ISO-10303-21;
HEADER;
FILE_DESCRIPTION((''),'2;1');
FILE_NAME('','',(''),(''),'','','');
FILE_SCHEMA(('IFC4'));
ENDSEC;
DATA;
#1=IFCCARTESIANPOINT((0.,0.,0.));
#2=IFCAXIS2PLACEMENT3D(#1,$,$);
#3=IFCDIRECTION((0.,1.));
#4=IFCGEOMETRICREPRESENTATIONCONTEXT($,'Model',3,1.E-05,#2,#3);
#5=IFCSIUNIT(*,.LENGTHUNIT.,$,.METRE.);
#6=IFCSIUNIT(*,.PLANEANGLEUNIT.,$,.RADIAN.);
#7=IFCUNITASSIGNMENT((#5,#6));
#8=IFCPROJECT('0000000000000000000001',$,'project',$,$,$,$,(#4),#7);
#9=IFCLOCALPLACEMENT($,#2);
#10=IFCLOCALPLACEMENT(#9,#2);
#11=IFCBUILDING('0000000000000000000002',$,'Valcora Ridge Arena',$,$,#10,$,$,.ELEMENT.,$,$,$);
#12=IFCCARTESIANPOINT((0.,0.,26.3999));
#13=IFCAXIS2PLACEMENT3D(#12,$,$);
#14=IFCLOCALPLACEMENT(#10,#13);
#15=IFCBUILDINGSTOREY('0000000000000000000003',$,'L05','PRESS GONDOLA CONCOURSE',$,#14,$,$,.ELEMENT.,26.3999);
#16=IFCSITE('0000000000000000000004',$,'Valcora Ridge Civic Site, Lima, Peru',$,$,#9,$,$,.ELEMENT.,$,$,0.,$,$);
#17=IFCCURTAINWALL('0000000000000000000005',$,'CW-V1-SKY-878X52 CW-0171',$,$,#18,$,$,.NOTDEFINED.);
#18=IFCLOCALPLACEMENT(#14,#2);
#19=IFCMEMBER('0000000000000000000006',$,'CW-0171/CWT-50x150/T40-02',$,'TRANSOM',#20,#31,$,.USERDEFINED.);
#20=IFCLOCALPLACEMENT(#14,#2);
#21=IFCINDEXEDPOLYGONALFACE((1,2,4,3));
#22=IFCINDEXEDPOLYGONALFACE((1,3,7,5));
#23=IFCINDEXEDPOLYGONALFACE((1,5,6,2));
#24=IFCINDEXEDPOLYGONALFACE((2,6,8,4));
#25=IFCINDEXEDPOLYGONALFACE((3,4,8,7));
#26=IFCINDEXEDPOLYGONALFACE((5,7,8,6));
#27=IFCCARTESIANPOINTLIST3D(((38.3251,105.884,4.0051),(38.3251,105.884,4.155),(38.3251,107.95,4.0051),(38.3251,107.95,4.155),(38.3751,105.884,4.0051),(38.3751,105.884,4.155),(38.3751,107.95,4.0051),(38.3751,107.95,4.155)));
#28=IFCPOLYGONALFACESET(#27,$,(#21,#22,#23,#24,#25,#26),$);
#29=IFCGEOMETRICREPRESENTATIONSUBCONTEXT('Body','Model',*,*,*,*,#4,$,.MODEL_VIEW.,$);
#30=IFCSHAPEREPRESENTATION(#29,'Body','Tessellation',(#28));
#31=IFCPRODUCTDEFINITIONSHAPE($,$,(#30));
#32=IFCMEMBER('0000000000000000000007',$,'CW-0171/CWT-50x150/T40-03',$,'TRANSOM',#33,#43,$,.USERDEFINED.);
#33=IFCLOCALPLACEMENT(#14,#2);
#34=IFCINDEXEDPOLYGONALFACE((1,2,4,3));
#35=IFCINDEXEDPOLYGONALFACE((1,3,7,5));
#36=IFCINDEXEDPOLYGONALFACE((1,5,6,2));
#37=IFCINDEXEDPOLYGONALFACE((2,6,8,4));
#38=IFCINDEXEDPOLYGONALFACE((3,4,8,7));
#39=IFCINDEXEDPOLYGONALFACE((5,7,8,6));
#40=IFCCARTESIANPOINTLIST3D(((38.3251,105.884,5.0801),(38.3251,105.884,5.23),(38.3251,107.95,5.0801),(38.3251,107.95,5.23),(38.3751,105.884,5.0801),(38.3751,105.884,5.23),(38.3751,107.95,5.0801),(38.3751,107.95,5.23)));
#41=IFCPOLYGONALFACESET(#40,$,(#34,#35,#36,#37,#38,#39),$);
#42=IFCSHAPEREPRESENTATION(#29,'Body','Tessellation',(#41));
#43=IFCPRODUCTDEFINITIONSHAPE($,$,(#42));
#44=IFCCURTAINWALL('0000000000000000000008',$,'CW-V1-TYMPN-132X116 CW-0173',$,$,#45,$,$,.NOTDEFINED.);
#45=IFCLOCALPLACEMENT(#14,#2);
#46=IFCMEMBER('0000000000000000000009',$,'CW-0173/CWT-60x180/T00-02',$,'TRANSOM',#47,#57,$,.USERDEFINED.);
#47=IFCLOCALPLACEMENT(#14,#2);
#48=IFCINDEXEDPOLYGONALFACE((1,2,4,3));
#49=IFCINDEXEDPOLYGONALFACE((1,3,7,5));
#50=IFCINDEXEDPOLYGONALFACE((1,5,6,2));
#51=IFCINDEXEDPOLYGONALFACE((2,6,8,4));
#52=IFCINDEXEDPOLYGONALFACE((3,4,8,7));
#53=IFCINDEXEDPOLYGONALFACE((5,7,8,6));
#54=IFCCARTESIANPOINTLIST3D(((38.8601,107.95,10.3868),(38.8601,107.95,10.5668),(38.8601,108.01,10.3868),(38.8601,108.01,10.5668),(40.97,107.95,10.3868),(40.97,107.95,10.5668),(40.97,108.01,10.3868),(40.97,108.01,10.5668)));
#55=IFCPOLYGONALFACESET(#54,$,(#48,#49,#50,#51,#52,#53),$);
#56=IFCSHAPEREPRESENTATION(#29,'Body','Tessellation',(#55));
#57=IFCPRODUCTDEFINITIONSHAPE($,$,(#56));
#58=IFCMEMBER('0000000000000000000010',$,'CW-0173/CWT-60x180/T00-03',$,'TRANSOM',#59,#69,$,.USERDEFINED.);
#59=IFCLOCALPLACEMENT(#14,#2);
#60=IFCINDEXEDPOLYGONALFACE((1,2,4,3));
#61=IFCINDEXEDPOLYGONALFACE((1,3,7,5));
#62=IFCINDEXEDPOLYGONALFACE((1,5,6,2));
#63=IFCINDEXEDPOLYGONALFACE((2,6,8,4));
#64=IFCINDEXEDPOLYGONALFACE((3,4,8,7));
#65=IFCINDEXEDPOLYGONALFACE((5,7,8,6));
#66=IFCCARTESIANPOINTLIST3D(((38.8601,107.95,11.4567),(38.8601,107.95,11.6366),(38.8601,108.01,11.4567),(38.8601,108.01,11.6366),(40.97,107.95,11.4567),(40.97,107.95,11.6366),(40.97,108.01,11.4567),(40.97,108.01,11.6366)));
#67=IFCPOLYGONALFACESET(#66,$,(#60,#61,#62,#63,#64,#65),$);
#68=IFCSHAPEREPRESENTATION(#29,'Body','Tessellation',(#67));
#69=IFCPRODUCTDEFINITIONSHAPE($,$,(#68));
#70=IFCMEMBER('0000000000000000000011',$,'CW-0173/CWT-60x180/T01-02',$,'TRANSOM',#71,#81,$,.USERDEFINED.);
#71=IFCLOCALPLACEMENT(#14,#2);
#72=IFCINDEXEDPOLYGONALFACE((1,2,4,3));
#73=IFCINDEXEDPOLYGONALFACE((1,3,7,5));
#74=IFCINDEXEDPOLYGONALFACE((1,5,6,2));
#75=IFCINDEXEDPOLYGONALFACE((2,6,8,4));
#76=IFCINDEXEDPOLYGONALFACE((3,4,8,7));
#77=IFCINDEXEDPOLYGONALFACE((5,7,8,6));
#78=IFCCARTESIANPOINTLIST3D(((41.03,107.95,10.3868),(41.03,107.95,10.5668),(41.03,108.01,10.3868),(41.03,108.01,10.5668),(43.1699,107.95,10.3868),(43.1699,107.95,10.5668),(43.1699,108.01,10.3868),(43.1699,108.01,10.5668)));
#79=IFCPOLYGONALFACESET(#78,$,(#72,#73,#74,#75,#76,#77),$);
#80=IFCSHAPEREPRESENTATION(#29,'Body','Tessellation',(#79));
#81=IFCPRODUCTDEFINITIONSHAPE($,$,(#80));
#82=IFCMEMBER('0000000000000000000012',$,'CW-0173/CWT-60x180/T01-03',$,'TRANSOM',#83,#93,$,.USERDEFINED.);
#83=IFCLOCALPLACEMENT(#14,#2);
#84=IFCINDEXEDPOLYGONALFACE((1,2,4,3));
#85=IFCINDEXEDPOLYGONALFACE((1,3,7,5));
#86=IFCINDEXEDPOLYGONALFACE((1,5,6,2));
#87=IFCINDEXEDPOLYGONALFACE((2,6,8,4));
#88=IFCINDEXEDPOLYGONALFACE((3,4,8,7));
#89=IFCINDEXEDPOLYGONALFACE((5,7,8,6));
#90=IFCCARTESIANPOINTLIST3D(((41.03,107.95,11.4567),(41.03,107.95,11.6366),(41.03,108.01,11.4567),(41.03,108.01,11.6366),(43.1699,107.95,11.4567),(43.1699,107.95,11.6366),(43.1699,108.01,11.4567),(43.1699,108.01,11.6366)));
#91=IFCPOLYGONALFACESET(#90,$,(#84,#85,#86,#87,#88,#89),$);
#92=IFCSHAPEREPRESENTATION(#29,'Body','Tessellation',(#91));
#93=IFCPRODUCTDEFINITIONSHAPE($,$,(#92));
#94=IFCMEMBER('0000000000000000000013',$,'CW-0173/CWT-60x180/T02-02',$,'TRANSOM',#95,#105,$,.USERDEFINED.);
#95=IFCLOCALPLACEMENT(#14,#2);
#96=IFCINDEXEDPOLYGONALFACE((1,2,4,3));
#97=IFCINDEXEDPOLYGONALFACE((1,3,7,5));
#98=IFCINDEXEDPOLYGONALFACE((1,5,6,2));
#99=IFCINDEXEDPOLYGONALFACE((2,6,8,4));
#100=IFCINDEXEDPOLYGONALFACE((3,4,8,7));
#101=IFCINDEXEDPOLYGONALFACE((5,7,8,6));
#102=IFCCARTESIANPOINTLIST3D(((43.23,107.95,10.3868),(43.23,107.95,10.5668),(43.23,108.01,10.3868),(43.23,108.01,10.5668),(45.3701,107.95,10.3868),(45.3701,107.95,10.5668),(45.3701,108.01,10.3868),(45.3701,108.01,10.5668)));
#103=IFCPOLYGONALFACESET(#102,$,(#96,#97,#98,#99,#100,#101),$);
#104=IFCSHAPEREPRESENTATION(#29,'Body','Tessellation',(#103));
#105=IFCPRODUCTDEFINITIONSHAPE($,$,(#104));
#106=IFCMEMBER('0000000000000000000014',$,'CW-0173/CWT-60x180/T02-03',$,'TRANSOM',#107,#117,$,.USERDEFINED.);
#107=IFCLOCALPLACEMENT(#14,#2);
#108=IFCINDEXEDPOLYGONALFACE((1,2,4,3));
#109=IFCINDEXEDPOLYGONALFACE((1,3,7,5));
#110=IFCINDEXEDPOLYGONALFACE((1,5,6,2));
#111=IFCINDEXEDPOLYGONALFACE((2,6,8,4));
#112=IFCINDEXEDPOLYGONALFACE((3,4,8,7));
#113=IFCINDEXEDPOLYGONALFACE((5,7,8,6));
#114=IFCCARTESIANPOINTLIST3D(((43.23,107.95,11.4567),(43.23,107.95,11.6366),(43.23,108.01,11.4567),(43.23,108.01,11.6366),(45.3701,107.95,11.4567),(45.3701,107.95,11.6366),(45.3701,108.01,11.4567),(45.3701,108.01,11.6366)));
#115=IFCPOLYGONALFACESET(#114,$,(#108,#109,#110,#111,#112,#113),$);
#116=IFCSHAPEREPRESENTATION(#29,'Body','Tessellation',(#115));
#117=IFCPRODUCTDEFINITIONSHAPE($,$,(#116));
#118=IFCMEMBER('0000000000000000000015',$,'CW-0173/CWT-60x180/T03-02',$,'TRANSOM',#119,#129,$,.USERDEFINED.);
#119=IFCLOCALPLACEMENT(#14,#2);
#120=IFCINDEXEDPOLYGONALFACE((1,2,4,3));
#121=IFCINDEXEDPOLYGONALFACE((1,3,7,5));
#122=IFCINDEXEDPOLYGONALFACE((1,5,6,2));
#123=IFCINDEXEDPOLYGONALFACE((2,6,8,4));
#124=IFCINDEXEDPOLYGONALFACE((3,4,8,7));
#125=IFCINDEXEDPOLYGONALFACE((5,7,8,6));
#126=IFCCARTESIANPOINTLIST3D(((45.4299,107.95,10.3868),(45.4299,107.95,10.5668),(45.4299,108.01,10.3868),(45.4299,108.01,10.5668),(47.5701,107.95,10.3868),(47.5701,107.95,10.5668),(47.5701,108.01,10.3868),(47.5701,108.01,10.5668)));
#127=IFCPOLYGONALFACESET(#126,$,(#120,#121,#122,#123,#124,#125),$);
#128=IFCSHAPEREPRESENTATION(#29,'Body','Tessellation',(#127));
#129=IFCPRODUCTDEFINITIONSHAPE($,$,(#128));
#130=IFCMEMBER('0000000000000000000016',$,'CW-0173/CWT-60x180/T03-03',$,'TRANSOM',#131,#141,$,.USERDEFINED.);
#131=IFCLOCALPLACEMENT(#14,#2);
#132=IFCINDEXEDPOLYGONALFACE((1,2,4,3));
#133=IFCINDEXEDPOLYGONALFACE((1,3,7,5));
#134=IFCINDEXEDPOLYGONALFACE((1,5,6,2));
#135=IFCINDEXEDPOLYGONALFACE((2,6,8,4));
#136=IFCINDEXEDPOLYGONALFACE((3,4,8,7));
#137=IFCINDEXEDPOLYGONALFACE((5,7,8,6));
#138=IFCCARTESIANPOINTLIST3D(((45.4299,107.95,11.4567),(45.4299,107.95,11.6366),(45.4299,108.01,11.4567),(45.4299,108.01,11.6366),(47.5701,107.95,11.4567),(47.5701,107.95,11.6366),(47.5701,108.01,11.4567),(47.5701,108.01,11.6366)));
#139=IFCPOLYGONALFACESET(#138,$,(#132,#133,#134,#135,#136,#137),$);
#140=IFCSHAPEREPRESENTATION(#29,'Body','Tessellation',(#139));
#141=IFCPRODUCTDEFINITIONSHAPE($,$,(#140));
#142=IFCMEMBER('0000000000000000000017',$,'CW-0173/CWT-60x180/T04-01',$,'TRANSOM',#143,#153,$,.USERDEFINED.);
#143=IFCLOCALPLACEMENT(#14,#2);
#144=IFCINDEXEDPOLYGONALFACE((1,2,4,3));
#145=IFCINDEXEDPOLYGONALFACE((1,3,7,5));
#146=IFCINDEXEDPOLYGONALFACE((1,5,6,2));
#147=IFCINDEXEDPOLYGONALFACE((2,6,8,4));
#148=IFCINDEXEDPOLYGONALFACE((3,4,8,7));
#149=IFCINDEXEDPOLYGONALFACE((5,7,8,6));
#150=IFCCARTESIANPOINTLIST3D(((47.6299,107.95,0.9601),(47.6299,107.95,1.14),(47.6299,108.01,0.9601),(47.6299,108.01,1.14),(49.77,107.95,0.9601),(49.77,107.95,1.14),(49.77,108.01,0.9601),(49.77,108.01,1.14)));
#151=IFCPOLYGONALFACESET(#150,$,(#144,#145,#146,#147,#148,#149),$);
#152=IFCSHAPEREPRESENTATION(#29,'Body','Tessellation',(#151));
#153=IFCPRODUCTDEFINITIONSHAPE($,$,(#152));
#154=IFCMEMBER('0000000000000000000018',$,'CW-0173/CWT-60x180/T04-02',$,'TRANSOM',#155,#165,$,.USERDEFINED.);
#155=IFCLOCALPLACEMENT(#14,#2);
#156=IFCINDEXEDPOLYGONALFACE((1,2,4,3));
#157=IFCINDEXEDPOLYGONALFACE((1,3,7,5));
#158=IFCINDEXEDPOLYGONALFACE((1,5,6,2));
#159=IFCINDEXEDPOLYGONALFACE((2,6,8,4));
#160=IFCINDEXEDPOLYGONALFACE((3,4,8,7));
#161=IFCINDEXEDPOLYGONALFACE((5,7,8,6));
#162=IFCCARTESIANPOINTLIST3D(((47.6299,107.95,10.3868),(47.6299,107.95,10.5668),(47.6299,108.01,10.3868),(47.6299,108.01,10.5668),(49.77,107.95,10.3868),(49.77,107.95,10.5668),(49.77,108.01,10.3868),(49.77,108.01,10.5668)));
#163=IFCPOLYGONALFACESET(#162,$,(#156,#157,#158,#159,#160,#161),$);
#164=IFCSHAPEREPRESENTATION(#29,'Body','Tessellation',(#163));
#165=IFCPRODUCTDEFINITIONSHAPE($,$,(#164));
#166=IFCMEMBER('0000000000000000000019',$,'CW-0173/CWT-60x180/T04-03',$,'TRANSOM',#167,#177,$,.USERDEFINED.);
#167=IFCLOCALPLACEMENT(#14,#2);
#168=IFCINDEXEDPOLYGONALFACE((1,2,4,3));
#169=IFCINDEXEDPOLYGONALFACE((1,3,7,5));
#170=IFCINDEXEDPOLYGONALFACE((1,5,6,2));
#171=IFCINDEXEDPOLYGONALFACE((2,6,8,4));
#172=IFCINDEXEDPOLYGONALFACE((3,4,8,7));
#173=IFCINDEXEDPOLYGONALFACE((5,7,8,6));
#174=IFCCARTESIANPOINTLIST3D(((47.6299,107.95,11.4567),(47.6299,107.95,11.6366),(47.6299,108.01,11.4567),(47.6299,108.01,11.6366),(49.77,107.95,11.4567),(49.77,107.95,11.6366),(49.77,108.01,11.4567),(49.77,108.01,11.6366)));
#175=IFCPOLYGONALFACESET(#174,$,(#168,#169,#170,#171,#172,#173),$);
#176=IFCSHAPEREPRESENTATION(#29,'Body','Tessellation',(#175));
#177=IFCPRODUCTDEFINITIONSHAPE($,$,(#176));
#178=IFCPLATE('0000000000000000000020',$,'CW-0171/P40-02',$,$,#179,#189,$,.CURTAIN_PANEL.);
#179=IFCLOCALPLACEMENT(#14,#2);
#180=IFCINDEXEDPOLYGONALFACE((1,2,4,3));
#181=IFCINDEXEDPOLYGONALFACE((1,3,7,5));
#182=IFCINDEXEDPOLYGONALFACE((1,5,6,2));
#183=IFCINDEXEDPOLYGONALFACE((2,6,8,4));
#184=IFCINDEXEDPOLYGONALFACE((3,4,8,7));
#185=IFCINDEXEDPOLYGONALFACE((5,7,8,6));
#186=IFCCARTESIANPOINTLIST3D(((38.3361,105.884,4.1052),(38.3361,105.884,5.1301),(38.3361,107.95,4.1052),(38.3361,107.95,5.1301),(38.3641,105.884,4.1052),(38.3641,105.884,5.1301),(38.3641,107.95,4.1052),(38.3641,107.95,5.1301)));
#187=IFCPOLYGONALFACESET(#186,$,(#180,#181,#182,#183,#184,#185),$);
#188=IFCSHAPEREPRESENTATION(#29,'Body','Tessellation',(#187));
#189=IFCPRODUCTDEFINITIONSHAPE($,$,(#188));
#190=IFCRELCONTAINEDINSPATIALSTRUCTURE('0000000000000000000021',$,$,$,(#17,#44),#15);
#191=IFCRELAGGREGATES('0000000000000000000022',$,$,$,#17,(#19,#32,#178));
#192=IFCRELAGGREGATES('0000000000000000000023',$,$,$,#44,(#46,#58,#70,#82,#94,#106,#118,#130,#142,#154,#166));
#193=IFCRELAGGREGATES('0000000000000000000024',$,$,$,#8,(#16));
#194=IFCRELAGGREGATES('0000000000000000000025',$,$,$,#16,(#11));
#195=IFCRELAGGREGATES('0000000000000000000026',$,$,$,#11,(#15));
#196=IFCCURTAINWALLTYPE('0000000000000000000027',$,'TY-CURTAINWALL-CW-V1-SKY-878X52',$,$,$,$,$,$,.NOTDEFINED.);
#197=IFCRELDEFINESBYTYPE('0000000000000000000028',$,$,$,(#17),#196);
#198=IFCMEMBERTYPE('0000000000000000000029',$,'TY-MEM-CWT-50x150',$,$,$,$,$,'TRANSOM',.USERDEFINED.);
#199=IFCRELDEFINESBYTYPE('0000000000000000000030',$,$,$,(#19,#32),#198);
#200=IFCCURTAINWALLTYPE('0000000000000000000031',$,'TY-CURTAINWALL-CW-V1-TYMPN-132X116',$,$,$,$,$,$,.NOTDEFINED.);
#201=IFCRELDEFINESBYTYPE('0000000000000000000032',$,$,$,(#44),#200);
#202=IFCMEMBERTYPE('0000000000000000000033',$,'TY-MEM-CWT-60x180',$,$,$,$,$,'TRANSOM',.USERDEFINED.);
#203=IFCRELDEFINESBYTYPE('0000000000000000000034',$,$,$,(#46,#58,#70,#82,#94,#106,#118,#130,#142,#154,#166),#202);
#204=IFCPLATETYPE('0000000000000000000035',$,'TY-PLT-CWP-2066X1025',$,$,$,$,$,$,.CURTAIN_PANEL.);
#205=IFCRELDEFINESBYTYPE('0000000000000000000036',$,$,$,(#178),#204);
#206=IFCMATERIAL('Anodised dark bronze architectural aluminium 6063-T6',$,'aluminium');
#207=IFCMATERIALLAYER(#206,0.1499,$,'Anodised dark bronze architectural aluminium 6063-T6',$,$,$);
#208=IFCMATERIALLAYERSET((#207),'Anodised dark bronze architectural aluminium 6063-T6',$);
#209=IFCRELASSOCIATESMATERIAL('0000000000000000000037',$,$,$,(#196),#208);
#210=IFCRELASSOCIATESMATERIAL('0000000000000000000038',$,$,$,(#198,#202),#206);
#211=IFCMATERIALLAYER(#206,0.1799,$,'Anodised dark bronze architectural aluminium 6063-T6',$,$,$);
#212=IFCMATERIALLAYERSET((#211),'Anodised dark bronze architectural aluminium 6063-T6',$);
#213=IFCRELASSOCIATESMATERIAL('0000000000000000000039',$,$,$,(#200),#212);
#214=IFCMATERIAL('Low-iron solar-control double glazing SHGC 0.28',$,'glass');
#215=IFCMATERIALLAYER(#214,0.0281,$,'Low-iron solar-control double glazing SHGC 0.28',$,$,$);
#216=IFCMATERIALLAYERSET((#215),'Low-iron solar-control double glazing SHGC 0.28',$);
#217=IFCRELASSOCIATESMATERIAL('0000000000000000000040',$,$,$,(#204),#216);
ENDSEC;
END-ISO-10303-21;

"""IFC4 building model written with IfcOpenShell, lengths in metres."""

from ifc_helpers import new_model, si_unit, direction, frame, origin, origin_2d, place, context, subcontext, project, spatial, rectangle, extrude, material, layer, layer_set, material_profile, profile_set, type_object, element, aggregate, save


model = new_model("IFC4")

# Units and contexts
model_context = context("Model", 3, precision=1e-05, world=origin(), true_north=direction((0.0, 1.0)))
body_context = subcontext(model_context, "Body", "Model", "MODEL_VIEW")
ifc_project = project(units=[si_unit("LENGTHUNIT", "METRE"), si_unit("PLANEANGLEUNIT", "RADIAN")], contexts=[model_context])

# Site, building, storey
site_placement = place(None, origin())
site = spatial("IfcSite", under=ifc_project, at=site_placement, Name="Valcora Ridge Civic Site, Lima, Peru", CompositionType="ELEMENT", RefElevation=0.0)
building_placement = place(site_placement, origin())
building = spatial("IfcBuilding", under=site, at=building_placement, Name="Valcora Ridge Arena", CompositionType="ELEMENT")
storey_placement = place(building_placement, frame((0.0, 0.0, 26.3999)))
storey = spatial("IfcBuildingStorey", under=building, at=storey_placement, Name="L05", Description="PRESS GONDOLA CONCOURSE", CompositionType="ELEMENT", Elevation=26.3999)

# Curtain walls, members
ifc_material_1 = material(Name="Anodised dark bronze architectural aluminium 6063-T6", Category="aluminium")
ifc_layer_1 = layer(ifc_material_1, 0.1499, Name="Anodised dark bronze architectural aluminium 6063-T6")
ifc_layer_set_1 = layer_set([ifc_layer_1], Name="Anodised dark bronze architectural aluminium 6063-T6")
curtain_wall_type_1 = type_object("IfcCurtainWallType", Name="TY-CURTAINWALL-CW-V1-SKY-878X52", PredefinedType="NOTDEFINED", material=ifc_layer_set_1)
curtain_wall_1_placement = place(storey_placement, origin())
curtain_wall_1 = element("IfcCurtainWall", 1, at=curtain_wall_1_placement, inside=storey, type_object=curtain_wall_type_1, Name="CW-V1-SKY-878X52 CW-0171", PredefinedType="NOTDEFINED")
ifc_material_profile_1 = material_profile(ifc_material_1, rectangle(XDim=0.05, YDim=0.1499, at=origin_2d()), Name="ALU TRANSOM 50x150")
ifc_profile_set_1 = profile_set([ifc_material_profile_1], Name="Anodised dark bronze architectural aluminium 6063-T6")
member_type_1 = type_object("IfcMemberType", Name="TY-MEM-CWT-50x150", ElementType="TRANSOM", PredefinedType="USERDEFINED", material=ifc_profile_set_1)
member_1_placement = place(storey_placement, frame((38.3501, 105.884, 4.0801), z_axis=(0.0, 1.0, 0.0), x_axis=(-1.0, 0.0, 0.0)))
member_1 = element("IfcMember", 2, at=member_1_placement, type_object=member_type_1, Name="CW-0171/CWT-50x150/T40-02", ObjectType="TRANSOM", PredefinedType="USERDEFINED", context=body_context, shape_type="SweptSolid", body=[
    extrude(rectangle(XDim=0.05, YDim=0.1499, at=origin_2d()), origin(), (0.0, 0.0, 1.0), 2.0659),
])
member_2_placement = place(storey_placement, frame((38.3501, 105.884, 5.155), z_axis=(0.0, 1.0, 0.0), x_axis=(-1.0, 0.0, 0.0)))
member_2 = element("IfcMember", 3, at=member_2_placement, type_object=member_type_1, Name="CW-0171/CWT-50x150/T40-03", ObjectType="TRANSOM", PredefinedType="USERDEFINED", context=body_context, shape_type="SweptSolid", body=[
    extrude(rectangle(XDim=0.05, YDim=0.1499, at=origin_2d()), origin(), (0.0, 0.0, 1.0), 2.0659),
])
ifc_layer_2 = layer(ifc_material_1, 0.1799, Name="Anodised dark bronze architectural aluminium 6063-T6")
ifc_layer_set_2 = layer_set([ifc_layer_2], Name="Anodised dark bronze architectural aluminium 6063-T6")
curtain_wall_type_2 = type_object("IfcCurtainWallType", Name="TY-CURTAINWALL-CW-V1-TYMPN-132X116", PredefinedType="NOTDEFINED", material=ifc_layer_set_2)
curtain_wall_2_placement = place(storey_placement, origin())
curtain_wall_2 = element("IfcCurtainWall", 4, at=curtain_wall_2_placement, inside=storey, type_object=curtain_wall_type_2, Name="CW-V1-TYMPN-132X116 CW-0173", PredefinedType="NOTDEFINED")
ifc_material_profile_2 = material_profile(ifc_material_1, rectangle(XDim=0.0601, YDim=0.1799, at=origin_2d()), Name="ALU TRANSOM 60x180")
ifc_profile_set_2 = profile_set([ifc_material_profile_2], Name="Anodised dark bronze architectural aluminium 6063-T6")
member_type_2 = type_object("IfcMemberType", Name="TY-MEM-CWT-60x180", ElementType="TRANSOM", PredefinedType="USERDEFINED", material=ifc_profile_set_2)
member_3_placement = place(storey_placement, frame((38.8601, 107.98, 10.4768), z_axis=(1.0, 0.0, 0.0), x_axis=(0.0, 1.0, 0.0)))
member_3 = element("IfcMember", 5, at=member_3_placement, type_object=member_type_2, Name="CW-0173/CWT-60x180/T00-02", ObjectType="TRANSOM", PredefinedType="USERDEFINED", context=body_context, shape_type="SweptSolid", body=[
    extrude(rectangle(XDim=0.0601, YDim=0.1799, at=origin_2d()), origin(), (0.0, 0.0, 1.0), 2.1099),
])
member_4_placement = place(storey_placement, frame((38.8601, 107.98, 11.5466), z_axis=(1.0, 0.0, 0.0), x_axis=(0.0, 1.0, 0.0)))
member_4 = element("IfcMember", 6, at=member_4_placement, type_object=member_type_2, Name="CW-0173/CWT-60x180/T00-03", ObjectType="TRANSOM", PredefinedType="USERDEFINED", context=body_context, shape_type="SweptSolid", body=[
    extrude(rectangle(XDim=0.0601, YDim=0.1799, at=origin_2d()), origin(), (0.0, 0.0, 1.0), 2.1099),
])
member_5_placement = place(storey_placement, frame((41.03, 107.98, 10.4768), z_axis=(1.0, 0.0, 0.0), x_axis=(0.0, 1.0, 0.0)))
member_5 = element("IfcMember", 7, at=member_5_placement, type_object=member_type_2, Name="CW-0173/CWT-60x180/T01-02", ObjectType="TRANSOM", PredefinedType="USERDEFINED", context=body_context, shape_type="SweptSolid", body=[
    extrude(rectangle(XDim=0.0601, YDim=0.1799, at=origin_2d()), origin(), (0.0, 0.0, 1.0), 2.1399),
])
member_6_placement = place(storey_placement, frame((41.03, 107.98, 11.5466), z_axis=(1.0, 0.0, 0.0), x_axis=(0.0, 1.0, 0.0)))
member_6 = element("IfcMember", 8, at=member_6_placement, type_object=member_type_2, Name="CW-0173/CWT-60x180/T01-03", ObjectType="TRANSOM", PredefinedType="USERDEFINED", context=body_context, shape_type="SweptSolid", body=[
    extrude(rectangle(XDim=0.0601, YDim=0.1799, at=origin_2d()), origin(), (0.0, 0.0, 1.0), 2.1399),
])
member_7_placement = place(storey_placement, frame((43.23, 107.98, 10.4768), z_axis=(1.0, 0.0, 0.0), x_axis=(0.0, 1.0, 0.0)))
member_7 = element("IfcMember", 9, at=member_7_placement, type_object=member_type_2, Name="CW-0173/CWT-60x180/T02-02", ObjectType="TRANSOM", PredefinedType="USERDEFINED", context=body_context, shape_type="SweptSolid", body=[
    extrude(rectangle(XDim=0.0601, YDim=0.1799, at=origin_2d()), origin(), (0.0, 0.0, 1.0), 2.1401),
])
member_8_placement = place(storey_placement, frame((43.23, 107.98, 11.5466), z_axis=(1.0, 0.0, 0.0), x_axis=(0.0, 1.0, 0.0)))
member_8 = element("IfcMember", 10, at=member_8_placement, type_object=member_type_2, Name="CW-0173/CWT-60x180/T02-03", ObjectType="TRANSOM", PredefinedType="USERDEFINED", context=body_context, shape_type="SweptSolid", body=[
    extrude(rectangle(XDim=0.0601, YDim=0.1799, at=origin_2d()), origin(), (0.0, 0.0, 1.0), 2.1401),
])
member_9_placement = place(storey_placement, frame((45.4299, 107.98, 10.4768), z_axis=(1.0, 0.0, 0.0), x_axis=(0.0, 1.0, 0.0)))
member_9 = element("IfcMember", 11, at=member_9_placement, type_object=member_type_2, Name="CW-0173/CWT-60x180/T03-02", ObjectType="TRANSOM", PredefinedType="USERDEFINED", context=body_context, shape_type="SweptSolid", body=[
    extrude(rectangle(XDim=0.0601, YDim=0.1799, at=origin_2d()), origin(), (0.0, 0.0, 1.0), 2.1401),
])
member_10_placement = place(storey_placement, frame((45.4299, 107.98, 11.5466), z_axis=(1.0, 0.0, 0.0), x_axis=(0.0, 1.0, 0.0)))
member_10 = element("IfcMember", 12, at=member_10_placement, type_object=member_type_2, Name="CW-0173/CWT-60x180/T03-03", ObjectType="TRANSOM", PredefinedType="USERDEFINED", context=body_context, shape_type="SweptSolid", body=[
    extrude(rectangle(XDim=0.0601, YDim=0.1799, at=origin_2d()), origin(), (0.0, 0.0, 1.0), 2.1401),
])
member_11_placement = place(storey_placement, frame((47.6299, 107.98, 1.05), z_axis=(1.0, 0.0, 0.0), x_axis=(0.0, 1.0, 0.0)))
member_11 = element("IfcMember", 13, at=member_11_placement, type_object=member_type_2, Name="CW-0173/CWT-60x180/T04-01", ObjectType="TRANSOM", PredefinedType="USERDEFINED", context=body_context, shape_type="SweptSolid", body=[
    extrude(rectangle(XDim=0.0601, YDim=0.1799, at=origin_2d()), origin(), (0.0, 0.0, 1.0), 2.1401),
])
member_12_placement = place(storey_placement, frame((47.6299, 107.98, 10.4768), z_axis=(1.0, 0.0, 0.0), x_axis=(0.0, 1.0, 0.0)))
member_12 = element("IfcMember", 14, at=member_12_placement, type_object=member_type_2, Name="CW-0173/CWT-60x180/T04-02", ObjectType="TRANSOM", PredefinedType="USERDEFINED", context=body_context, shape_type="SweptSolid", body=[
    extrude(rectangle(XDim=0.0601, YDim=0.1799, at=origin_2d()), origin(), (0.0, 0.0, 1.0), 2.1401),
])
member_13_placement = place(storey_placement, frame((47.6299, 107.98, 11.5466), z_axis=(1.0, 0.0, 0.0), x_axis=(0.0, 1.0, 0.0)))
member_13 = element("IfcMember", 15, at=member_13_placement, type_object=member_type_2, Name="CW-0173/CWT-60x180/T04-03", ObjectType="TRANSOM", PredefinedType="USERDEFINED", context=body_context, shape_type="SweptSolid", body=[
    extrude(rectangle(XDim=0.0601, YDim=0.1799, at=origin_2d()), origin(), (0.0, 0.0, 1.0), 2.1401),
])

# Plate
ifc_material_2 = material(Name="Low-iron solar-control double glazing SHGC 0.28", Category="glass")
ifc_layer_3 = layer(ifc_material_2, 0.0281, Name="Low-iron solar-control double glazing SHGC 0.28")
ifc_layer_set_3 = layer_set([ifc_layer_3], Name="Low-iron solar-control double glazing SHGC 0.28")
plate_type_1 = type_object("IfcPlateType", Name="TY-PLT-CWP-2066X1025", PredefinedType="CURTAIN_PANEL", material=ifc_layer_set_3)
plate_1_placement = place(storey_placement, frame((38.3501, 106.917, 4.1052), z_axis=(0.0, 0.0, 1.0), x_axis=(0.0, 1.0, 0.0)))
plate_1 = element("IfcPlate", 16, at=plate_1_placement, type_object=plate_type_1, Name="CW-0171/P40-02", PredefinedType="CURTAIN_PANEL", context=body_context, shape_type="SweptSolid", body=[
    extrude(rectangle(XDim=2.0659, YDim=0.0281, at=origin_2d()), origin(), (0.0, 0.0, 1.0), 1.0249),
])
aggregate(curtain_wall_1, [member_1, member_2, plate_1])
aggregate(curtain_wall_2, [member_3, member_4, member_5, member_6, member_7, member_8, member_9, member_10, member_11, member_12, member_13])

save(model, "model.ifc")
